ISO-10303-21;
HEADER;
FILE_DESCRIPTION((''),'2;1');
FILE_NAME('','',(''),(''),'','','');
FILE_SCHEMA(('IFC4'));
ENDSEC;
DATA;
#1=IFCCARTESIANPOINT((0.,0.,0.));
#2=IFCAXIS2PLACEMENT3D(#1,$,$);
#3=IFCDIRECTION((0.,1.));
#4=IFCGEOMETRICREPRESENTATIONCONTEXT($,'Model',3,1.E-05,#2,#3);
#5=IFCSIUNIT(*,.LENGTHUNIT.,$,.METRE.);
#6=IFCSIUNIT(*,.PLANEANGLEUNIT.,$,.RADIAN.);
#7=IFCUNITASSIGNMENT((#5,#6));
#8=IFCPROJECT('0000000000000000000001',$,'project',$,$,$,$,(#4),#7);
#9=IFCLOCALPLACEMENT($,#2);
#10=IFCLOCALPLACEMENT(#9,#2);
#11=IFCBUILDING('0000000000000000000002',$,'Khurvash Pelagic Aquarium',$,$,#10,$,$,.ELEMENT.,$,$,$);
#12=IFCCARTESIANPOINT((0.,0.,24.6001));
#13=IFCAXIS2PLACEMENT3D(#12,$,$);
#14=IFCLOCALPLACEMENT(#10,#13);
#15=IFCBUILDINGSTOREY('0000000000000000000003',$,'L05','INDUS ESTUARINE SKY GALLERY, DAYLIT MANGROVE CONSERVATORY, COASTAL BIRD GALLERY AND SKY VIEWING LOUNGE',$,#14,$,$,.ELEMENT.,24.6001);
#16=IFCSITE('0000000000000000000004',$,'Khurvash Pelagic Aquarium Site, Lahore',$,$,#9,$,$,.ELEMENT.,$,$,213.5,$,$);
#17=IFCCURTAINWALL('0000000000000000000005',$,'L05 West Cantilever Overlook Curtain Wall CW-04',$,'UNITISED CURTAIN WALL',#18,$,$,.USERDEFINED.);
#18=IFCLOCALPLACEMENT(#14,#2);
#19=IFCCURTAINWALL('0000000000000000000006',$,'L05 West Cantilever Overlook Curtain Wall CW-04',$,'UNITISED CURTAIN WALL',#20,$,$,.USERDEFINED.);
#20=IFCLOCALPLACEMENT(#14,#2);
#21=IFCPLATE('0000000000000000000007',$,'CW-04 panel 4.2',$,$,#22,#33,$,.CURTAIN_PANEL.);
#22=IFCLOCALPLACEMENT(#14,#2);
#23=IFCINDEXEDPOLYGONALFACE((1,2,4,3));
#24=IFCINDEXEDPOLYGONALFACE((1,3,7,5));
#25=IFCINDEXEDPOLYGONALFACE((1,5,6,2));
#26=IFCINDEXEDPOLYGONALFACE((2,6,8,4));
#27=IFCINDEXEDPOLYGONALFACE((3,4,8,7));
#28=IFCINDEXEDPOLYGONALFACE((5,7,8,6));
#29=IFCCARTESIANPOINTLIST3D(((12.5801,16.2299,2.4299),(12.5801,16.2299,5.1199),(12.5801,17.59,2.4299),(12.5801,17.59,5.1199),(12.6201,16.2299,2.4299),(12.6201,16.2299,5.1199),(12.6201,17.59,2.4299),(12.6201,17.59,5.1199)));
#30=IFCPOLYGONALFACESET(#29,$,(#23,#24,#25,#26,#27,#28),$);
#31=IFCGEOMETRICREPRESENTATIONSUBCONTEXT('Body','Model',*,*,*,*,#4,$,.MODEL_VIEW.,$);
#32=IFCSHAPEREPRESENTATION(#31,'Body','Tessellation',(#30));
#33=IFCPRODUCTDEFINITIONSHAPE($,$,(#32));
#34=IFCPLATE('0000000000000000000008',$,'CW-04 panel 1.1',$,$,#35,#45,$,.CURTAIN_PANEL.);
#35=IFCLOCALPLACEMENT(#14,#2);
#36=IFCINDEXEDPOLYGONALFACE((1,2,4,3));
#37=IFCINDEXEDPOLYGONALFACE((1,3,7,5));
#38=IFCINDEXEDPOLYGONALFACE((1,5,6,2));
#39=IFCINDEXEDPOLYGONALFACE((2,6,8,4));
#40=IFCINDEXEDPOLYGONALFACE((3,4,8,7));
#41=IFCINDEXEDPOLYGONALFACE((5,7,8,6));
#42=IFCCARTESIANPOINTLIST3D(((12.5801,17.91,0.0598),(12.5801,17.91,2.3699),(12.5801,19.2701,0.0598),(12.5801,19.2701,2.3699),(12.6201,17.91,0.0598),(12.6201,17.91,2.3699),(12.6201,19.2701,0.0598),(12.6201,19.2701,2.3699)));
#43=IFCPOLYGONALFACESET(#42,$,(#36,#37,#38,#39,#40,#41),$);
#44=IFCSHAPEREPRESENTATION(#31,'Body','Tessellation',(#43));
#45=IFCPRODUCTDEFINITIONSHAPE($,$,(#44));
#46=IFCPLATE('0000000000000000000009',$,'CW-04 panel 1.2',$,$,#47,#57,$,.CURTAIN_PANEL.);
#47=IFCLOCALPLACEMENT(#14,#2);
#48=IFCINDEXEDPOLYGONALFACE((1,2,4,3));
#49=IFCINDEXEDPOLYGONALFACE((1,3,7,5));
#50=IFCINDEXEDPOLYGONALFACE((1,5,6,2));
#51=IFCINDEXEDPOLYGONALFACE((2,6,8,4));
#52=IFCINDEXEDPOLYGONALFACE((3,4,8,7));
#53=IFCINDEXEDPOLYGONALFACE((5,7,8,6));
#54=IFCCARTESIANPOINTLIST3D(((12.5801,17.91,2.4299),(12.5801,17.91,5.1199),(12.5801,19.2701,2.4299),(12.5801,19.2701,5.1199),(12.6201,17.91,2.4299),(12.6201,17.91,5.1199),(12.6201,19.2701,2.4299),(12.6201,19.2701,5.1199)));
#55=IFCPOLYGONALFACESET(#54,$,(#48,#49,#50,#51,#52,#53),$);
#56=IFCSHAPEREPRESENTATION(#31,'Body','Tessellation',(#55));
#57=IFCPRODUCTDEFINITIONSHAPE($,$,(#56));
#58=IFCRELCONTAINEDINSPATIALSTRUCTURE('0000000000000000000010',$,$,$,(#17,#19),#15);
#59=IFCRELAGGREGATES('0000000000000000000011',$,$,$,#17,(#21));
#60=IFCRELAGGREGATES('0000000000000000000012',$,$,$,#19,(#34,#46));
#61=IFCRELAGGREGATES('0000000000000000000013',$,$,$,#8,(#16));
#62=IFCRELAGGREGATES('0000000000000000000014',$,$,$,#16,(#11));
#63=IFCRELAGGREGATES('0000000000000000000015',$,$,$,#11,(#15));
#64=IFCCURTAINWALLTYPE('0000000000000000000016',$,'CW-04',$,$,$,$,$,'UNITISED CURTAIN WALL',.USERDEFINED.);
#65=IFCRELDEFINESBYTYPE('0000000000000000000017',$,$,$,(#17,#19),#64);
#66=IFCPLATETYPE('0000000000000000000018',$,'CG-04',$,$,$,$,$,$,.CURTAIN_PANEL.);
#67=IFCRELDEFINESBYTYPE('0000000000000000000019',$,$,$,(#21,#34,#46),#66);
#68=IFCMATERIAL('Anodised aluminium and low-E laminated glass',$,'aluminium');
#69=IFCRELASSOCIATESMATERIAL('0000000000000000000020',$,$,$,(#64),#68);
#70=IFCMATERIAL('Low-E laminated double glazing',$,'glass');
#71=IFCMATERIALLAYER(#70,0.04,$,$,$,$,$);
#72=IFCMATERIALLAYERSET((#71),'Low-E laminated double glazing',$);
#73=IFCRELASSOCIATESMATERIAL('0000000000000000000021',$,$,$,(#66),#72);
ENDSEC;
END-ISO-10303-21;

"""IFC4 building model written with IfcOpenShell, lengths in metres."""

from ifc_helpers import new_model, si_unit, direction, frame, origin, origin_2d, place, context, subcontext, project, spatial, rectangle, extrude, material, layer, layer_set, type_object, element, aggregate, save


model = new_model("IFC4")

# Units and contexts
model_context = context("Model", 3, precision=1e-05, world=origin(), true_north=direction((0.0, 1.0)))
body_context = subcontext(model_context, "Body", "Model", "MODEL_VIEW")
ifc_project = project(units=[si_unit("LENGTHUNIT", "METRE"), si_unit("PLANEANGLEUNIT", "RADIAN")], contexts=[model_context])

# Site, building, storey
site_placement = place(None, origin())
site = spatial("IfcSite", under=ifc_project, at=site_placement, Name="Khurvash Pelagic Aquarium Site, Lahore", CompositionType="ELEMENT", RefElevation=213.5)
building_placement = place(site_placement, origin())
building = spatial("IfcBuilding", under=site, at=building_placement, Name="Khurvash Pelagic Aquarium", CompositionType="ELEMENT")
storey_placement = place(building_placement, frame((0.0, 0.0, 24.6001)))
storey = spatial("IfcBuildingStorey", under=building, at=storey_placement, Name="L05", Description="INDUS ESTUARINE SKY GALLERY, DAYLIT MANGROVE CONSERVATORY, COASTAL BIRD GALLERY AND SKY VIEWING LOUNGE", CompositionType="ELEMENT", Elevation=24.6001)

# Curtain walls
ifc_material_1 = material(Name="Anodised aluminium and low-E laminated glass", Category="aluminium")
curtain_wall_type = type_object("IfcCurtainWallType", Name="CW-04", ElementType="UNITISED CURTAIN WALL", PredefinedType="USERDEFINED", material=ifc_material_1)
curtain_wall_1_placement = place(storey_placement, origin())
curtain_wall_1 = element("IfcCurtainWall", 1, at=curtain_wall_1_placement, inside=storey, type_object=curtain_wall_type, Name="L05 West Cantilever Overlook Curtain Wall CW-04", ObjectType="UNITISED CURTAIN WALL", PredefinedType="USERDEFINED")
curtain_wall_2_placement = place(storey_placement, origin())
curtain_wall_2 = element("IfcCurtainWall", 2, at=curtain_wall_2_placement, inside=storey, type_object=curtain_wall_type, Name="L05 West Cantilever Overlook Curtain Wall CW-04", ObjectType="UNITISED CURTAIN WALL", PredefinedType="USERDEFINED")

# Plates
ifc_material_2 = material(Name="Low-E laminated double glazing", Category="glass")
ifc_layer = layer(ifc_material_2, 0.04)
ifc_layer_set = layer_set([ifc_layer], Name="Low-E laminated double glazing")
plate_type = type_object("IfcPlateType", Name="CG-04", PredefinedType="CURTAIN_PANEL", material=ifc_layer_set)
plate_1_placement = place(storey_placement, frame((12.6001, 16.9099, 2.4299), z_axis=(0.0, 0.0, 1.0), x_axis=(0.0, 1.0, 0.0)))
plate_1 = element("IfcPlate", 3, at=plate_1_placement, type_object=plate_type, Name="CW-04 panel 4.2", PredefinedType="CURTAIN_PANEL", context=body_context, shape_type="SweptSolid", body=[
    extrude(rectangle(XDim=1.3601, YDim=0.04, at=origin_2d()), origin(), (0.0, 0.0, 1.0), 2.6899),
])
aggregate(curtain_wall_1, [plate_1])
plate_2_placement = place(storey_placement, frame((12.6001, 18.5901, 0.0598), z_axis=(0.0, 0.0, 1.0), x_axis=(0.0, 1.0, 0.0)))
plate_2 = element("IfcPlate", 4, at=plate_2_placement, type_object=plate_type, Name="CW-04 panel 1.1", PredefinedType="CURTAIN_PANEL", context=body_context, shape_type="SweptSolid", body=[
    extrude(rectangle(XDim=1.3601, YDim=0.04, at=origin_2d()), origin(), (0.0, 0.0, 1.0), 2.3101),
])
plate_3_placement = place(storey_placement, frame((12.6001, 18.5901, 2.4299), z_axis=(0.0, 0.0, 1.0), x_axis=(0.0, 1.0, 0.0)))
plate_3 = element("IfcPlate", 5, at=plate_3_placement, type_object=plate_type, Name="CW-04 panel 1.2", PredefinedType="CURTAIN_PANEL", context=body_context, shape_type="SweptSolid", body=[
    extrude(rectangle(XDim=1.3601, YDim=0.04, at=origin_2d()), origin(), (0.0, 0.0, 1.0), 2.6899),
])
aggregate(curtain_wall_2, [plate_2, plate_3])

save(model, "model.ifc")
